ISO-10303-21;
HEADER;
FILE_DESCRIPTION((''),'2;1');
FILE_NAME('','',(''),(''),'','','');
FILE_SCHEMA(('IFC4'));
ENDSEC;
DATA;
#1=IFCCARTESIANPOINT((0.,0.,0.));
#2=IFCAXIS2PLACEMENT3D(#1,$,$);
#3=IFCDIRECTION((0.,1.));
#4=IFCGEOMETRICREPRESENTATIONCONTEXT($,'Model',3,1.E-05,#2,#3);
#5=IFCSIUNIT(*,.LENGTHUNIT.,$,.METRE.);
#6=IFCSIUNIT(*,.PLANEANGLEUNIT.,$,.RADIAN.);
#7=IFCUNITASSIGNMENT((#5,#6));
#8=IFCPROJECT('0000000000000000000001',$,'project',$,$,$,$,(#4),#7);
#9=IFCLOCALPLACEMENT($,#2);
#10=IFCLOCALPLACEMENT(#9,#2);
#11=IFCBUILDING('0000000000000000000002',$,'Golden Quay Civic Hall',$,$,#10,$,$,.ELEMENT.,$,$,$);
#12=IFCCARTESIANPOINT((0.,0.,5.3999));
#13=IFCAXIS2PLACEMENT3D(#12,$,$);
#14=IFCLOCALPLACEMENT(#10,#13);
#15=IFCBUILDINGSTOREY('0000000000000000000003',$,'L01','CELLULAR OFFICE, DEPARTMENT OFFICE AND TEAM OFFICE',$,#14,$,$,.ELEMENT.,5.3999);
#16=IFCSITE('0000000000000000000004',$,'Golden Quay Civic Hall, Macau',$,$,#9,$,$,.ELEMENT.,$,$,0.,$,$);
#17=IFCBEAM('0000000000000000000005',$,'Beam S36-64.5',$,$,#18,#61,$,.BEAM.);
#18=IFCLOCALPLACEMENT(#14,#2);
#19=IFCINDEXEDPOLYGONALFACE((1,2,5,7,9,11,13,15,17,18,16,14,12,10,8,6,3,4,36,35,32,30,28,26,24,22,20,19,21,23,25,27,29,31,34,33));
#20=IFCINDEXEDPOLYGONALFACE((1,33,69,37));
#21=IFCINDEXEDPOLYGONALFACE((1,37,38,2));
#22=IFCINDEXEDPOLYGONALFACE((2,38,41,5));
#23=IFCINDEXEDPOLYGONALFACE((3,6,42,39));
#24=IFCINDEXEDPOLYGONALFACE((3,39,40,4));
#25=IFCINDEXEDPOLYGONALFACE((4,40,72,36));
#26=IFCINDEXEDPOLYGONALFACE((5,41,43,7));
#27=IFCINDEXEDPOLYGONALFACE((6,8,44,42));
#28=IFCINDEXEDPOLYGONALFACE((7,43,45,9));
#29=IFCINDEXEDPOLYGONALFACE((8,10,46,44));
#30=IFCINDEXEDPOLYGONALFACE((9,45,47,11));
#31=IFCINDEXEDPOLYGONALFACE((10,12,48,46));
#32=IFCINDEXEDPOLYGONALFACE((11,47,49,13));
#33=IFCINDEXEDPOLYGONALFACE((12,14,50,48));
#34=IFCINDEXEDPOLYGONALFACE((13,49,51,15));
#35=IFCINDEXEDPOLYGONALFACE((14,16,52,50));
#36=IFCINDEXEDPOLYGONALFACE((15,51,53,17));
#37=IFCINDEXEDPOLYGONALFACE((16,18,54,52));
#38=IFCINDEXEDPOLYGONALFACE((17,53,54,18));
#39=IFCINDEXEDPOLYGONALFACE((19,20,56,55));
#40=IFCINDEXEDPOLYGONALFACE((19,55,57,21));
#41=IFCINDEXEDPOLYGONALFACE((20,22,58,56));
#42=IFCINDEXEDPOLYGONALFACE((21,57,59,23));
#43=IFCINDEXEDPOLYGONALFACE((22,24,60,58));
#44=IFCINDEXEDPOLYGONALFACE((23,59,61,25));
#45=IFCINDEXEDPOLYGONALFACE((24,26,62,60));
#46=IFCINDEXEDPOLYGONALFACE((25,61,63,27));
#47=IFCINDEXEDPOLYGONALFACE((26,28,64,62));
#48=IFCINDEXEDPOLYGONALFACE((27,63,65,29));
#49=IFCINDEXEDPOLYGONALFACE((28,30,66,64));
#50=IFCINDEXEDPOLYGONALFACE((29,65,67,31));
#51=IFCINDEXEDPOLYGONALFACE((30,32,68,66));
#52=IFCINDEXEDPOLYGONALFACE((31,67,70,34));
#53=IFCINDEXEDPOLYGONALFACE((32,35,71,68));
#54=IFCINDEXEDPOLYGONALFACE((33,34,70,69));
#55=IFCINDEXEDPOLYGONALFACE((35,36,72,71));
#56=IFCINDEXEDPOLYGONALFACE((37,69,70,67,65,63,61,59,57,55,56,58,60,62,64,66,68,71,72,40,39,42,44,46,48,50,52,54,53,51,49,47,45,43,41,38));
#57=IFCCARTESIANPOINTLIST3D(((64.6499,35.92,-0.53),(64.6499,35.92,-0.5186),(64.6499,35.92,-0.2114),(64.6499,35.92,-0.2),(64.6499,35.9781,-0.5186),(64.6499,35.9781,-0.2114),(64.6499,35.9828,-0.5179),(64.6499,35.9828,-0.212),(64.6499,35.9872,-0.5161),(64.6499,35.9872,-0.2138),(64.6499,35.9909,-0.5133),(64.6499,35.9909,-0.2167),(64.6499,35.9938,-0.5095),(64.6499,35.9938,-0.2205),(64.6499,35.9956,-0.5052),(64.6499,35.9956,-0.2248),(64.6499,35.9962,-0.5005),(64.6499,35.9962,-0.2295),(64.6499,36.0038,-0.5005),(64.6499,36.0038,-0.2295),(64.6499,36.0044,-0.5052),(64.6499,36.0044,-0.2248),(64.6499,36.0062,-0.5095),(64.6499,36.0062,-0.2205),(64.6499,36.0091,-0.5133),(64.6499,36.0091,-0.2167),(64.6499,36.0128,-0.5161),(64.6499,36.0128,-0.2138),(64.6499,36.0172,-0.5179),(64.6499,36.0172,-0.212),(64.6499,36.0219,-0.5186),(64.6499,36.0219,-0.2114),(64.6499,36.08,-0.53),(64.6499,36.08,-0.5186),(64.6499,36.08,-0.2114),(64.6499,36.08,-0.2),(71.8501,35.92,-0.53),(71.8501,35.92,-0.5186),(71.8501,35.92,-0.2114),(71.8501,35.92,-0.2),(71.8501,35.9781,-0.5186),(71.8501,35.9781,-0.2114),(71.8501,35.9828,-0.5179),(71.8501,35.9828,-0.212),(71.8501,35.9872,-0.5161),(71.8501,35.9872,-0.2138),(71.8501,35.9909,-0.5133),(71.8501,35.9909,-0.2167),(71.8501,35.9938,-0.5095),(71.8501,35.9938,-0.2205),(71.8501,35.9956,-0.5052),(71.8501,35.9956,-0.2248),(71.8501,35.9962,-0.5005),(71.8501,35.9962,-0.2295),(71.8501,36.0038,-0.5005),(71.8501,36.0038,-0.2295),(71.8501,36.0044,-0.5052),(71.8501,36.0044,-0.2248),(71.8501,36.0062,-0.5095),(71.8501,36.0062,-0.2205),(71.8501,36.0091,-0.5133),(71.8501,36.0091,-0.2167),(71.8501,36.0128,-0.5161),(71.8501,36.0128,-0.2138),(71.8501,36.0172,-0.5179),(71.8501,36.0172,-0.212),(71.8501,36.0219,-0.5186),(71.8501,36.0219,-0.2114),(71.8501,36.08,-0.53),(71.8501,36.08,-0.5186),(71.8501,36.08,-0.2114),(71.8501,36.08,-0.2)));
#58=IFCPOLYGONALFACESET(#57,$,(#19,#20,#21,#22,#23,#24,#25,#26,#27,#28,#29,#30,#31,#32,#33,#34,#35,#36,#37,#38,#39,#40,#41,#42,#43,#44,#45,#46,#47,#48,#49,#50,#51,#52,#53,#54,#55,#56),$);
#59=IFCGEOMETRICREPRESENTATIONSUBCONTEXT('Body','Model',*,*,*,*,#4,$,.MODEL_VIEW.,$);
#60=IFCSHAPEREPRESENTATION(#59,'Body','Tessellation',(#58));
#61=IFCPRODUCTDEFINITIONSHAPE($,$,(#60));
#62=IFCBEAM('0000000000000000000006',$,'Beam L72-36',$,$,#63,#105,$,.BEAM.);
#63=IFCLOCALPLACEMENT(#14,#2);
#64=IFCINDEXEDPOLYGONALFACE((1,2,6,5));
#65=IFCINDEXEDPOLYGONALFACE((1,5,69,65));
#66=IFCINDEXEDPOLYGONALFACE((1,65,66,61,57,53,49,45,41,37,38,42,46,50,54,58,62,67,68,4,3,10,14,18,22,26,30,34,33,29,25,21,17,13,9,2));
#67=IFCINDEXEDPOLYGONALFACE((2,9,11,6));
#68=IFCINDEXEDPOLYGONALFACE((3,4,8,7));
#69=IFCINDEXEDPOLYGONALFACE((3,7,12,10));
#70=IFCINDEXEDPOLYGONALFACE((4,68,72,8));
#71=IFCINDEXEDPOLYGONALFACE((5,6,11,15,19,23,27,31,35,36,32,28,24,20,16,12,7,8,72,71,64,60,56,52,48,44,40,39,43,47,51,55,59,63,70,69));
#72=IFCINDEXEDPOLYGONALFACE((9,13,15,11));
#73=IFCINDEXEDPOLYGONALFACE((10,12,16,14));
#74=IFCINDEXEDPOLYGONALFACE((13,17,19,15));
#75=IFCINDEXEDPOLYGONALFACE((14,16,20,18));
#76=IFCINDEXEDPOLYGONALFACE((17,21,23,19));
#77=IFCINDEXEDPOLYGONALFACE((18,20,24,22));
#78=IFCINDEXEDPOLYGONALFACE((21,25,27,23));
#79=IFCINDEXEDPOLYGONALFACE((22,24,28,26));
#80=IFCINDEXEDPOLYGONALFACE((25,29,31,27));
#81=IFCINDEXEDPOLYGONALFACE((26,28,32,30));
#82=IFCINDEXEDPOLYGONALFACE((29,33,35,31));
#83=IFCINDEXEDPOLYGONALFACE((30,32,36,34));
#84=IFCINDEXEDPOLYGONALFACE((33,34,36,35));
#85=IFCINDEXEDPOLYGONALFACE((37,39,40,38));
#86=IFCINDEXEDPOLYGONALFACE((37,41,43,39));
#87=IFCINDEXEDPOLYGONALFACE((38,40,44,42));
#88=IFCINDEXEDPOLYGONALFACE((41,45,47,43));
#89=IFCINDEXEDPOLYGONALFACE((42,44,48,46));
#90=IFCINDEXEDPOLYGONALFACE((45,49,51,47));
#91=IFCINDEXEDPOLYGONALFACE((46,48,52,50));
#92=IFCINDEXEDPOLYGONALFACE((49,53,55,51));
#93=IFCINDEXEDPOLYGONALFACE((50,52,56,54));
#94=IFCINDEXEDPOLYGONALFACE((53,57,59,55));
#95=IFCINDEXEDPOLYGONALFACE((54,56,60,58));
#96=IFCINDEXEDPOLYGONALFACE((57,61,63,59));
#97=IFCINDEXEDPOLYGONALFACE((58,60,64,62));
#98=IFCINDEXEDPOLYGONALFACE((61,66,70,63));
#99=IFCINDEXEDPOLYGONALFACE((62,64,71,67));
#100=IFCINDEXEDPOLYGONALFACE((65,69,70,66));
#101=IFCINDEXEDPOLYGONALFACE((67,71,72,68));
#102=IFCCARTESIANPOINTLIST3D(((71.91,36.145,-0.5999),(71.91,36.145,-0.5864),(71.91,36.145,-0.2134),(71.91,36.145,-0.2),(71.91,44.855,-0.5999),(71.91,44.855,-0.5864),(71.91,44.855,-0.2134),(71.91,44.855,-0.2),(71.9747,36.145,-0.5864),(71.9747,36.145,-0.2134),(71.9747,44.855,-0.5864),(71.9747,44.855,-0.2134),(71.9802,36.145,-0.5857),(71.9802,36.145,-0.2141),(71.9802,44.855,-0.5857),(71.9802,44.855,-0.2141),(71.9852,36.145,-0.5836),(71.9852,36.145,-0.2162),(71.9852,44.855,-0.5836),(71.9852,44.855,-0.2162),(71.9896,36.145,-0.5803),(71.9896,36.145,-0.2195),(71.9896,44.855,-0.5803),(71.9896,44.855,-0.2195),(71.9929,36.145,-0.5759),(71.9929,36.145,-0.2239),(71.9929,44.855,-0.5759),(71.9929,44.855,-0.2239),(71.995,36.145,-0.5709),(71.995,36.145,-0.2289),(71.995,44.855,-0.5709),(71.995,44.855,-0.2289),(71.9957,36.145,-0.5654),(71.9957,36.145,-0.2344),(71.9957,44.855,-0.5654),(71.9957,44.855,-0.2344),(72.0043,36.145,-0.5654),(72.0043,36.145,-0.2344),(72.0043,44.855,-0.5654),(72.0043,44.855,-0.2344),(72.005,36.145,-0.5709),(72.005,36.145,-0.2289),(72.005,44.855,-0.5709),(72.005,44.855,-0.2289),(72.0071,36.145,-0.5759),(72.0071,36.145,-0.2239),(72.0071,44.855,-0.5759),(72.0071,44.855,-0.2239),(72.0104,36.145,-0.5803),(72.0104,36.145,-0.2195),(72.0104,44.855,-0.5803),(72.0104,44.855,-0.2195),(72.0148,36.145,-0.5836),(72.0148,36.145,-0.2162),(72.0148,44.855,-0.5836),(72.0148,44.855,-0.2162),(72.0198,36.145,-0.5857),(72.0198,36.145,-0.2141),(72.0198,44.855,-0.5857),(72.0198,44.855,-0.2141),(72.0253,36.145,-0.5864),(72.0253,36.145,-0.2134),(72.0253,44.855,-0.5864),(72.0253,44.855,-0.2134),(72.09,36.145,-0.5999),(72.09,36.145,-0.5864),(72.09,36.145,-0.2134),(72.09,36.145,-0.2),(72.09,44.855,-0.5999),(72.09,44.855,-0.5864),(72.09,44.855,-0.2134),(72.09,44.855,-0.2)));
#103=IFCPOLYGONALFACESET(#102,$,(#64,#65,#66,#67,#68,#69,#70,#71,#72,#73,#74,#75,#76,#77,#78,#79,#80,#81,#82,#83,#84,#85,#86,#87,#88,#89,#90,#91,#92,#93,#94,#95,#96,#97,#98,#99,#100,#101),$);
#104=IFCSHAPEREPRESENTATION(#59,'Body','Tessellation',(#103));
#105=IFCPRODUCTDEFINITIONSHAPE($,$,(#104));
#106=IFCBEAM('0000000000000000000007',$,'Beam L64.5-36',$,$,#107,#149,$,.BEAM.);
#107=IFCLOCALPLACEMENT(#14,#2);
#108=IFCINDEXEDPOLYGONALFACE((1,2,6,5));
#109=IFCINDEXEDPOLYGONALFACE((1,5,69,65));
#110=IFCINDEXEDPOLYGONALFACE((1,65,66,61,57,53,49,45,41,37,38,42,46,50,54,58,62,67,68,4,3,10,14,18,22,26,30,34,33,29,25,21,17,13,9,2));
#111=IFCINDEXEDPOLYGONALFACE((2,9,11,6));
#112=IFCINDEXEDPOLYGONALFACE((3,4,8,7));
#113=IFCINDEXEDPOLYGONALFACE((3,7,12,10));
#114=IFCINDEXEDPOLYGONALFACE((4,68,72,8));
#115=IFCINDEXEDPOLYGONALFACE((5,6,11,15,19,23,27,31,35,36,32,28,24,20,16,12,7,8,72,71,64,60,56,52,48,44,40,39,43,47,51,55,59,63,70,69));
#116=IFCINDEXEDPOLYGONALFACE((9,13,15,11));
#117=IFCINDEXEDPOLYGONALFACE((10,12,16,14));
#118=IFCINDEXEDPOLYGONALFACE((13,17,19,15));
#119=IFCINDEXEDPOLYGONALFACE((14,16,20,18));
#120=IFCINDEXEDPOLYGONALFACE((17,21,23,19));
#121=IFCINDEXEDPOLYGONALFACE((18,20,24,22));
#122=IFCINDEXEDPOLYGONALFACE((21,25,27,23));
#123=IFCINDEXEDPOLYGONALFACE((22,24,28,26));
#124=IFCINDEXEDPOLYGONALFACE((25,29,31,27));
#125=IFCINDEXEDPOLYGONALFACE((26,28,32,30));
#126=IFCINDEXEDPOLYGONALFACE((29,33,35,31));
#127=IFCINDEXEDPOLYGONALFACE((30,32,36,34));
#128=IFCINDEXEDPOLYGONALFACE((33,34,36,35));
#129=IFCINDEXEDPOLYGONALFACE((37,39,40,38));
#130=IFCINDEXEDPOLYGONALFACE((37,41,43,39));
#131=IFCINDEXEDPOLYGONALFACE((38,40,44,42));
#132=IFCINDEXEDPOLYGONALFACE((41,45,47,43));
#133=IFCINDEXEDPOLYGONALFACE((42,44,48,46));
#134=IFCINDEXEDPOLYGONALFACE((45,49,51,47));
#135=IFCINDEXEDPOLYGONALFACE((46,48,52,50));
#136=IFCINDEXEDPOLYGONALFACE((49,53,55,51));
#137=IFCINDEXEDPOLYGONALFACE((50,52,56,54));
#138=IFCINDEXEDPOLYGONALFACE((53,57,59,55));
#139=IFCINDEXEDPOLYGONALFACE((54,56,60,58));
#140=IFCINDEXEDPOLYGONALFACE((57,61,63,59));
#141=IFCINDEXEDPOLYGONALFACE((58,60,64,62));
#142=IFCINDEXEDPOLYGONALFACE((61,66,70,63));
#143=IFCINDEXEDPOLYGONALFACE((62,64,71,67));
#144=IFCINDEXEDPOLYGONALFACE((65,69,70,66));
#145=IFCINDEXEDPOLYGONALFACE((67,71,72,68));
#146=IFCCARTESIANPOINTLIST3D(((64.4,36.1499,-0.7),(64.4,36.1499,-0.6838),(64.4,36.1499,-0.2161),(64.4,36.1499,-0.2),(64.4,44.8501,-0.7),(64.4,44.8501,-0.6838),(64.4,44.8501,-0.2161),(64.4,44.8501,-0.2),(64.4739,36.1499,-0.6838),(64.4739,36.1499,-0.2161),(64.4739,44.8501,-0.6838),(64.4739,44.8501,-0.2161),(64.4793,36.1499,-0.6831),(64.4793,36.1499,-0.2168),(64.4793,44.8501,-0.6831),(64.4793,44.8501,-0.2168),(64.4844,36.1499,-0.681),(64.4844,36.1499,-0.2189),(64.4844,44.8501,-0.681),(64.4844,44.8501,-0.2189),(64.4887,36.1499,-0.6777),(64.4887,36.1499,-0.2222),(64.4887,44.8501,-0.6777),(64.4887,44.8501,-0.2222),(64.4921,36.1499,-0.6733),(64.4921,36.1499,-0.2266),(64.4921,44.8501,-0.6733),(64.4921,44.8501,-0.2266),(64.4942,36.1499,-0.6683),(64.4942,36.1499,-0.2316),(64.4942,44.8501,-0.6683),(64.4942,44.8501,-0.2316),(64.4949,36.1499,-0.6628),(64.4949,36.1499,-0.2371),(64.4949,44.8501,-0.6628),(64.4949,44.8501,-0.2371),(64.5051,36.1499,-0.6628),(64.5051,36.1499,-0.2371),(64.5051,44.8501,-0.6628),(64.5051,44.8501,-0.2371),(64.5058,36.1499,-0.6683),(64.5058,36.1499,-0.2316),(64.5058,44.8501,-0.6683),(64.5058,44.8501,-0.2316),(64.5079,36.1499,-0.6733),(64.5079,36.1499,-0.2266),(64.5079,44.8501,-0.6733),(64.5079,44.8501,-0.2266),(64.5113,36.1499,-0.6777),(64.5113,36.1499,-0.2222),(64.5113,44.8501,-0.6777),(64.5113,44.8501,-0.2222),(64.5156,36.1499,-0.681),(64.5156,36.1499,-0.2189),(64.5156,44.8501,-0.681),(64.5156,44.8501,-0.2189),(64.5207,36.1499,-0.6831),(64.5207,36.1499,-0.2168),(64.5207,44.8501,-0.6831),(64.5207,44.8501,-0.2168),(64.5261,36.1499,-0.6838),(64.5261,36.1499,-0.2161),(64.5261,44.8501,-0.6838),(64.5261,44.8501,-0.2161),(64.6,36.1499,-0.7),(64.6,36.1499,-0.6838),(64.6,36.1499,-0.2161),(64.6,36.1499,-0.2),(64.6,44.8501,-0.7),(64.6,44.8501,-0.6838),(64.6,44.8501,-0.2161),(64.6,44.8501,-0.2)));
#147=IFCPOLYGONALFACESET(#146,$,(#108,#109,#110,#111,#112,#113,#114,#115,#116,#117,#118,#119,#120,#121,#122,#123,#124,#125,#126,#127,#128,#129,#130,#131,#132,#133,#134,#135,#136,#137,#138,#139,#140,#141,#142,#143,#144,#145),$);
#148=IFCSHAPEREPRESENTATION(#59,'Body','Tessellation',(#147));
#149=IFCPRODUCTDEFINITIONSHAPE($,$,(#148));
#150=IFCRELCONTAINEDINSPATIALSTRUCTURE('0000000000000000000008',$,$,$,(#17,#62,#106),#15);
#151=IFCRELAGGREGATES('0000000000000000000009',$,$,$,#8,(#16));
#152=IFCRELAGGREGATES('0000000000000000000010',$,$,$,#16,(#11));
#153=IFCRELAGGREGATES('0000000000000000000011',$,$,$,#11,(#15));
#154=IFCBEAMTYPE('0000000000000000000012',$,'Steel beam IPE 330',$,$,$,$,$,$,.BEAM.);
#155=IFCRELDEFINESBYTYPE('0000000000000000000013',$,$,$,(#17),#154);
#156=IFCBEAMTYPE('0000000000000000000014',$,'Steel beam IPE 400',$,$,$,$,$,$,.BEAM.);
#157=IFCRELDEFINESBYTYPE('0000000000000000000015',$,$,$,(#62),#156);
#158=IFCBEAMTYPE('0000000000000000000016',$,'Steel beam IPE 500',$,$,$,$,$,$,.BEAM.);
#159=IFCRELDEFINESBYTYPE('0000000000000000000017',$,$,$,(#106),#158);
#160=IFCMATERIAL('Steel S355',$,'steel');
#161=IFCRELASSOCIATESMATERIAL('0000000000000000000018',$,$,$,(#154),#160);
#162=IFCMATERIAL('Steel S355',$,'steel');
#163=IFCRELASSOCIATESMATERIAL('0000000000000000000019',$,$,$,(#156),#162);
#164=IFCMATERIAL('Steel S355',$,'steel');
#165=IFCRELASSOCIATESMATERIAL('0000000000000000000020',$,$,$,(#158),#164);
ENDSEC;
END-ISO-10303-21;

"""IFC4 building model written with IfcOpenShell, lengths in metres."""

from ifc_helpers import new_model, si_unit, direction, frame, origin, origin_2d, place, context, subcontext, project, spatial, i_section, extrude, material, material_profile, profile_set, type_object, element, save


model = new_model("IFC4")

# Units and contexts
model_context = context("Model", 3, precision=1e-05, world=origin(), true_north=direction((0.0, 1.0)))
body_context = subcontext(model_context, "Body", "Model", "MODEL_VIEW")
ifc_project = project(units=[si_unit("LENGTHUNIT", "METRE"), si_unit("PLANEANGLEUNIT", "RADIAN")], contexts=[model_context])

# Site, building, storey
site_placement = place(None, origin())
site = spatial("IfcSite", under=ifc_project, at=site_placement, Name="Golden Quay Civic Hall, Macau", CompositionType="ELEMENT", RefElevation=0.0)
building_placement = place(site_placement, origin())
building = spatial("IfcBuilding", under=site, at=building_placement, Name="Golden Quay Civic Hall", CompositionType="ELEMENT")
storey_placement = place(building_placement, frame((0.0, 0.0, 5.3999)))
storey = spatial("IfcBuildingStorey", under=building, at=storey_placement, Name="L01", Description="CELLULAR OFFICE, DEPARTMENT OFFICE AND TEAM OFFICE", CompositionType="ELEMENT", Elevation=5.3999)

# Beams
ifc_material_1 = material(Name="Steel S355", Category="steel")
ifc_material_profile_1 = material_profile(ifc_material_1, i_section(OverallWidth=0.1599, OverallDepth=0.3301, WebThickness=0.0076, FlangeThickness=0.0115, FilletRadius=0.0181, at=origin_2d()), Name="IPE 330")
ifc_profile_set_1 = profile_set([ifc_material_profile_1], Name="Steel S355")
beam_type_1 = type_object("IfcBeamType", Name="Steel beam IPE 330", PredefinedType="BEAM", material=ifc_profile_set_1)
beam_1_placement = place(storey_placement, frame((64.6499, 36.0, -0.365), z_axis=(1.0, 0.0, 0.0), x_axis=(0.0, 1.0, 0.0)))
element("IfcBeam", 1, at=beam_1_placement, inside=storey, type_object=beam_type_1, Name="Beam S36-64.5", PredefinedType="BEAM", context=body_context, shape_type="SweptSolid", body=[
    extrude(i_section(OverallWidth=0.1599, OverallDepth=0.3301, WebThickness=0.0076, FlangeThickness=0.0115, FilletRadius=0.0181, at=origin_2d()), origin(), (0.0, 0.0, 1.0), 7.2002),
])
ifc_material_2 = material(Name="Steel S355", Category="steel")
ifc_material_profile_2 = material_profile(ifc_material_2, i_section(OverallWidth=0.1799, OverallDepth=0.3999, WebThickness=0.0085, FlangeThickness=0.0134, FilletRadius=0.021, at=origin_2d()), Name="IPE 400")
ifc_profile_set_2 = profile_set([ifc_material_profile_2], Name="Steel S355")
beam_type_2 = type_object("IfcBeamType", Name="Steel beam IPE 400", PredefinedType="BEAM", material=ifc_profile_set_2)
beam_2_placement = place(storey_placement, frame((72.0, 36.145, -0.3999), z_axis=(0.0, 1.0, 0.0), x_axis=(-1.0, 0.0, 0.0)))
element("IfcBeam", 2, at=beam_2_placement, inside=storey, type_object=beam_type_2, Name="Beam L72-36", PredefinedType="BEAM", context=body_context, shape_type="SweptSolid", body=[
    extrude(i_section(OverallWidth=0.1799, OverallDepth=0.3999, WebThickness=0.0085, FlangeThickness=0.0134, FilletRadius=0.021, at=origin_2d()), origin(), (0.0, 0.0, 1.0), 8.71),
])
ifc_material_3 = material(Name="Steel S355", Category="steel")
ifc_material_profile_3 = material_profile(ifc_material_3, i_section(OverallWidth=0.2, OverallDepth=0.5, WebThickness=0.0103, FlangeThickness=0.0161, FilletRadius=0.021, at=origin_2d()), Name="IPE 500")
ifc_profile_set_3 = profile_set([ifc_material_profile_3], Name="Steel S355")
beam_type_3 = type_object("IfcBeamType", Name="Steel beam IPE 500", PredefinedType="BEAM", material=ifc_profile_set_3)
beam_3_placement = place(storey_placement, frame((64.5, 36.1499, -0.45), z_axis=(0.0, 1.0, 0.0), x_axis=(-1.0, 0.0, 0.0)))
element("IfcBeam", 3, at=beam_3_placement, inside=storey, type_object=beam_type_3, Name="Beam L64.5-36", PredefinedType="BEAM", context=body_context, shape_type="SweptSolid", body=[
    extrude(i_section(OverallWidth=0.2, OverallDepth=0.5, WebThickness=0.0103, FlangeThickness=0.0161, FilletRadius=0.021, at=origin_2d()), origin(), (0.0, 0.0, 1.0), 8.7002),
])

save(model, "model.ifc")
